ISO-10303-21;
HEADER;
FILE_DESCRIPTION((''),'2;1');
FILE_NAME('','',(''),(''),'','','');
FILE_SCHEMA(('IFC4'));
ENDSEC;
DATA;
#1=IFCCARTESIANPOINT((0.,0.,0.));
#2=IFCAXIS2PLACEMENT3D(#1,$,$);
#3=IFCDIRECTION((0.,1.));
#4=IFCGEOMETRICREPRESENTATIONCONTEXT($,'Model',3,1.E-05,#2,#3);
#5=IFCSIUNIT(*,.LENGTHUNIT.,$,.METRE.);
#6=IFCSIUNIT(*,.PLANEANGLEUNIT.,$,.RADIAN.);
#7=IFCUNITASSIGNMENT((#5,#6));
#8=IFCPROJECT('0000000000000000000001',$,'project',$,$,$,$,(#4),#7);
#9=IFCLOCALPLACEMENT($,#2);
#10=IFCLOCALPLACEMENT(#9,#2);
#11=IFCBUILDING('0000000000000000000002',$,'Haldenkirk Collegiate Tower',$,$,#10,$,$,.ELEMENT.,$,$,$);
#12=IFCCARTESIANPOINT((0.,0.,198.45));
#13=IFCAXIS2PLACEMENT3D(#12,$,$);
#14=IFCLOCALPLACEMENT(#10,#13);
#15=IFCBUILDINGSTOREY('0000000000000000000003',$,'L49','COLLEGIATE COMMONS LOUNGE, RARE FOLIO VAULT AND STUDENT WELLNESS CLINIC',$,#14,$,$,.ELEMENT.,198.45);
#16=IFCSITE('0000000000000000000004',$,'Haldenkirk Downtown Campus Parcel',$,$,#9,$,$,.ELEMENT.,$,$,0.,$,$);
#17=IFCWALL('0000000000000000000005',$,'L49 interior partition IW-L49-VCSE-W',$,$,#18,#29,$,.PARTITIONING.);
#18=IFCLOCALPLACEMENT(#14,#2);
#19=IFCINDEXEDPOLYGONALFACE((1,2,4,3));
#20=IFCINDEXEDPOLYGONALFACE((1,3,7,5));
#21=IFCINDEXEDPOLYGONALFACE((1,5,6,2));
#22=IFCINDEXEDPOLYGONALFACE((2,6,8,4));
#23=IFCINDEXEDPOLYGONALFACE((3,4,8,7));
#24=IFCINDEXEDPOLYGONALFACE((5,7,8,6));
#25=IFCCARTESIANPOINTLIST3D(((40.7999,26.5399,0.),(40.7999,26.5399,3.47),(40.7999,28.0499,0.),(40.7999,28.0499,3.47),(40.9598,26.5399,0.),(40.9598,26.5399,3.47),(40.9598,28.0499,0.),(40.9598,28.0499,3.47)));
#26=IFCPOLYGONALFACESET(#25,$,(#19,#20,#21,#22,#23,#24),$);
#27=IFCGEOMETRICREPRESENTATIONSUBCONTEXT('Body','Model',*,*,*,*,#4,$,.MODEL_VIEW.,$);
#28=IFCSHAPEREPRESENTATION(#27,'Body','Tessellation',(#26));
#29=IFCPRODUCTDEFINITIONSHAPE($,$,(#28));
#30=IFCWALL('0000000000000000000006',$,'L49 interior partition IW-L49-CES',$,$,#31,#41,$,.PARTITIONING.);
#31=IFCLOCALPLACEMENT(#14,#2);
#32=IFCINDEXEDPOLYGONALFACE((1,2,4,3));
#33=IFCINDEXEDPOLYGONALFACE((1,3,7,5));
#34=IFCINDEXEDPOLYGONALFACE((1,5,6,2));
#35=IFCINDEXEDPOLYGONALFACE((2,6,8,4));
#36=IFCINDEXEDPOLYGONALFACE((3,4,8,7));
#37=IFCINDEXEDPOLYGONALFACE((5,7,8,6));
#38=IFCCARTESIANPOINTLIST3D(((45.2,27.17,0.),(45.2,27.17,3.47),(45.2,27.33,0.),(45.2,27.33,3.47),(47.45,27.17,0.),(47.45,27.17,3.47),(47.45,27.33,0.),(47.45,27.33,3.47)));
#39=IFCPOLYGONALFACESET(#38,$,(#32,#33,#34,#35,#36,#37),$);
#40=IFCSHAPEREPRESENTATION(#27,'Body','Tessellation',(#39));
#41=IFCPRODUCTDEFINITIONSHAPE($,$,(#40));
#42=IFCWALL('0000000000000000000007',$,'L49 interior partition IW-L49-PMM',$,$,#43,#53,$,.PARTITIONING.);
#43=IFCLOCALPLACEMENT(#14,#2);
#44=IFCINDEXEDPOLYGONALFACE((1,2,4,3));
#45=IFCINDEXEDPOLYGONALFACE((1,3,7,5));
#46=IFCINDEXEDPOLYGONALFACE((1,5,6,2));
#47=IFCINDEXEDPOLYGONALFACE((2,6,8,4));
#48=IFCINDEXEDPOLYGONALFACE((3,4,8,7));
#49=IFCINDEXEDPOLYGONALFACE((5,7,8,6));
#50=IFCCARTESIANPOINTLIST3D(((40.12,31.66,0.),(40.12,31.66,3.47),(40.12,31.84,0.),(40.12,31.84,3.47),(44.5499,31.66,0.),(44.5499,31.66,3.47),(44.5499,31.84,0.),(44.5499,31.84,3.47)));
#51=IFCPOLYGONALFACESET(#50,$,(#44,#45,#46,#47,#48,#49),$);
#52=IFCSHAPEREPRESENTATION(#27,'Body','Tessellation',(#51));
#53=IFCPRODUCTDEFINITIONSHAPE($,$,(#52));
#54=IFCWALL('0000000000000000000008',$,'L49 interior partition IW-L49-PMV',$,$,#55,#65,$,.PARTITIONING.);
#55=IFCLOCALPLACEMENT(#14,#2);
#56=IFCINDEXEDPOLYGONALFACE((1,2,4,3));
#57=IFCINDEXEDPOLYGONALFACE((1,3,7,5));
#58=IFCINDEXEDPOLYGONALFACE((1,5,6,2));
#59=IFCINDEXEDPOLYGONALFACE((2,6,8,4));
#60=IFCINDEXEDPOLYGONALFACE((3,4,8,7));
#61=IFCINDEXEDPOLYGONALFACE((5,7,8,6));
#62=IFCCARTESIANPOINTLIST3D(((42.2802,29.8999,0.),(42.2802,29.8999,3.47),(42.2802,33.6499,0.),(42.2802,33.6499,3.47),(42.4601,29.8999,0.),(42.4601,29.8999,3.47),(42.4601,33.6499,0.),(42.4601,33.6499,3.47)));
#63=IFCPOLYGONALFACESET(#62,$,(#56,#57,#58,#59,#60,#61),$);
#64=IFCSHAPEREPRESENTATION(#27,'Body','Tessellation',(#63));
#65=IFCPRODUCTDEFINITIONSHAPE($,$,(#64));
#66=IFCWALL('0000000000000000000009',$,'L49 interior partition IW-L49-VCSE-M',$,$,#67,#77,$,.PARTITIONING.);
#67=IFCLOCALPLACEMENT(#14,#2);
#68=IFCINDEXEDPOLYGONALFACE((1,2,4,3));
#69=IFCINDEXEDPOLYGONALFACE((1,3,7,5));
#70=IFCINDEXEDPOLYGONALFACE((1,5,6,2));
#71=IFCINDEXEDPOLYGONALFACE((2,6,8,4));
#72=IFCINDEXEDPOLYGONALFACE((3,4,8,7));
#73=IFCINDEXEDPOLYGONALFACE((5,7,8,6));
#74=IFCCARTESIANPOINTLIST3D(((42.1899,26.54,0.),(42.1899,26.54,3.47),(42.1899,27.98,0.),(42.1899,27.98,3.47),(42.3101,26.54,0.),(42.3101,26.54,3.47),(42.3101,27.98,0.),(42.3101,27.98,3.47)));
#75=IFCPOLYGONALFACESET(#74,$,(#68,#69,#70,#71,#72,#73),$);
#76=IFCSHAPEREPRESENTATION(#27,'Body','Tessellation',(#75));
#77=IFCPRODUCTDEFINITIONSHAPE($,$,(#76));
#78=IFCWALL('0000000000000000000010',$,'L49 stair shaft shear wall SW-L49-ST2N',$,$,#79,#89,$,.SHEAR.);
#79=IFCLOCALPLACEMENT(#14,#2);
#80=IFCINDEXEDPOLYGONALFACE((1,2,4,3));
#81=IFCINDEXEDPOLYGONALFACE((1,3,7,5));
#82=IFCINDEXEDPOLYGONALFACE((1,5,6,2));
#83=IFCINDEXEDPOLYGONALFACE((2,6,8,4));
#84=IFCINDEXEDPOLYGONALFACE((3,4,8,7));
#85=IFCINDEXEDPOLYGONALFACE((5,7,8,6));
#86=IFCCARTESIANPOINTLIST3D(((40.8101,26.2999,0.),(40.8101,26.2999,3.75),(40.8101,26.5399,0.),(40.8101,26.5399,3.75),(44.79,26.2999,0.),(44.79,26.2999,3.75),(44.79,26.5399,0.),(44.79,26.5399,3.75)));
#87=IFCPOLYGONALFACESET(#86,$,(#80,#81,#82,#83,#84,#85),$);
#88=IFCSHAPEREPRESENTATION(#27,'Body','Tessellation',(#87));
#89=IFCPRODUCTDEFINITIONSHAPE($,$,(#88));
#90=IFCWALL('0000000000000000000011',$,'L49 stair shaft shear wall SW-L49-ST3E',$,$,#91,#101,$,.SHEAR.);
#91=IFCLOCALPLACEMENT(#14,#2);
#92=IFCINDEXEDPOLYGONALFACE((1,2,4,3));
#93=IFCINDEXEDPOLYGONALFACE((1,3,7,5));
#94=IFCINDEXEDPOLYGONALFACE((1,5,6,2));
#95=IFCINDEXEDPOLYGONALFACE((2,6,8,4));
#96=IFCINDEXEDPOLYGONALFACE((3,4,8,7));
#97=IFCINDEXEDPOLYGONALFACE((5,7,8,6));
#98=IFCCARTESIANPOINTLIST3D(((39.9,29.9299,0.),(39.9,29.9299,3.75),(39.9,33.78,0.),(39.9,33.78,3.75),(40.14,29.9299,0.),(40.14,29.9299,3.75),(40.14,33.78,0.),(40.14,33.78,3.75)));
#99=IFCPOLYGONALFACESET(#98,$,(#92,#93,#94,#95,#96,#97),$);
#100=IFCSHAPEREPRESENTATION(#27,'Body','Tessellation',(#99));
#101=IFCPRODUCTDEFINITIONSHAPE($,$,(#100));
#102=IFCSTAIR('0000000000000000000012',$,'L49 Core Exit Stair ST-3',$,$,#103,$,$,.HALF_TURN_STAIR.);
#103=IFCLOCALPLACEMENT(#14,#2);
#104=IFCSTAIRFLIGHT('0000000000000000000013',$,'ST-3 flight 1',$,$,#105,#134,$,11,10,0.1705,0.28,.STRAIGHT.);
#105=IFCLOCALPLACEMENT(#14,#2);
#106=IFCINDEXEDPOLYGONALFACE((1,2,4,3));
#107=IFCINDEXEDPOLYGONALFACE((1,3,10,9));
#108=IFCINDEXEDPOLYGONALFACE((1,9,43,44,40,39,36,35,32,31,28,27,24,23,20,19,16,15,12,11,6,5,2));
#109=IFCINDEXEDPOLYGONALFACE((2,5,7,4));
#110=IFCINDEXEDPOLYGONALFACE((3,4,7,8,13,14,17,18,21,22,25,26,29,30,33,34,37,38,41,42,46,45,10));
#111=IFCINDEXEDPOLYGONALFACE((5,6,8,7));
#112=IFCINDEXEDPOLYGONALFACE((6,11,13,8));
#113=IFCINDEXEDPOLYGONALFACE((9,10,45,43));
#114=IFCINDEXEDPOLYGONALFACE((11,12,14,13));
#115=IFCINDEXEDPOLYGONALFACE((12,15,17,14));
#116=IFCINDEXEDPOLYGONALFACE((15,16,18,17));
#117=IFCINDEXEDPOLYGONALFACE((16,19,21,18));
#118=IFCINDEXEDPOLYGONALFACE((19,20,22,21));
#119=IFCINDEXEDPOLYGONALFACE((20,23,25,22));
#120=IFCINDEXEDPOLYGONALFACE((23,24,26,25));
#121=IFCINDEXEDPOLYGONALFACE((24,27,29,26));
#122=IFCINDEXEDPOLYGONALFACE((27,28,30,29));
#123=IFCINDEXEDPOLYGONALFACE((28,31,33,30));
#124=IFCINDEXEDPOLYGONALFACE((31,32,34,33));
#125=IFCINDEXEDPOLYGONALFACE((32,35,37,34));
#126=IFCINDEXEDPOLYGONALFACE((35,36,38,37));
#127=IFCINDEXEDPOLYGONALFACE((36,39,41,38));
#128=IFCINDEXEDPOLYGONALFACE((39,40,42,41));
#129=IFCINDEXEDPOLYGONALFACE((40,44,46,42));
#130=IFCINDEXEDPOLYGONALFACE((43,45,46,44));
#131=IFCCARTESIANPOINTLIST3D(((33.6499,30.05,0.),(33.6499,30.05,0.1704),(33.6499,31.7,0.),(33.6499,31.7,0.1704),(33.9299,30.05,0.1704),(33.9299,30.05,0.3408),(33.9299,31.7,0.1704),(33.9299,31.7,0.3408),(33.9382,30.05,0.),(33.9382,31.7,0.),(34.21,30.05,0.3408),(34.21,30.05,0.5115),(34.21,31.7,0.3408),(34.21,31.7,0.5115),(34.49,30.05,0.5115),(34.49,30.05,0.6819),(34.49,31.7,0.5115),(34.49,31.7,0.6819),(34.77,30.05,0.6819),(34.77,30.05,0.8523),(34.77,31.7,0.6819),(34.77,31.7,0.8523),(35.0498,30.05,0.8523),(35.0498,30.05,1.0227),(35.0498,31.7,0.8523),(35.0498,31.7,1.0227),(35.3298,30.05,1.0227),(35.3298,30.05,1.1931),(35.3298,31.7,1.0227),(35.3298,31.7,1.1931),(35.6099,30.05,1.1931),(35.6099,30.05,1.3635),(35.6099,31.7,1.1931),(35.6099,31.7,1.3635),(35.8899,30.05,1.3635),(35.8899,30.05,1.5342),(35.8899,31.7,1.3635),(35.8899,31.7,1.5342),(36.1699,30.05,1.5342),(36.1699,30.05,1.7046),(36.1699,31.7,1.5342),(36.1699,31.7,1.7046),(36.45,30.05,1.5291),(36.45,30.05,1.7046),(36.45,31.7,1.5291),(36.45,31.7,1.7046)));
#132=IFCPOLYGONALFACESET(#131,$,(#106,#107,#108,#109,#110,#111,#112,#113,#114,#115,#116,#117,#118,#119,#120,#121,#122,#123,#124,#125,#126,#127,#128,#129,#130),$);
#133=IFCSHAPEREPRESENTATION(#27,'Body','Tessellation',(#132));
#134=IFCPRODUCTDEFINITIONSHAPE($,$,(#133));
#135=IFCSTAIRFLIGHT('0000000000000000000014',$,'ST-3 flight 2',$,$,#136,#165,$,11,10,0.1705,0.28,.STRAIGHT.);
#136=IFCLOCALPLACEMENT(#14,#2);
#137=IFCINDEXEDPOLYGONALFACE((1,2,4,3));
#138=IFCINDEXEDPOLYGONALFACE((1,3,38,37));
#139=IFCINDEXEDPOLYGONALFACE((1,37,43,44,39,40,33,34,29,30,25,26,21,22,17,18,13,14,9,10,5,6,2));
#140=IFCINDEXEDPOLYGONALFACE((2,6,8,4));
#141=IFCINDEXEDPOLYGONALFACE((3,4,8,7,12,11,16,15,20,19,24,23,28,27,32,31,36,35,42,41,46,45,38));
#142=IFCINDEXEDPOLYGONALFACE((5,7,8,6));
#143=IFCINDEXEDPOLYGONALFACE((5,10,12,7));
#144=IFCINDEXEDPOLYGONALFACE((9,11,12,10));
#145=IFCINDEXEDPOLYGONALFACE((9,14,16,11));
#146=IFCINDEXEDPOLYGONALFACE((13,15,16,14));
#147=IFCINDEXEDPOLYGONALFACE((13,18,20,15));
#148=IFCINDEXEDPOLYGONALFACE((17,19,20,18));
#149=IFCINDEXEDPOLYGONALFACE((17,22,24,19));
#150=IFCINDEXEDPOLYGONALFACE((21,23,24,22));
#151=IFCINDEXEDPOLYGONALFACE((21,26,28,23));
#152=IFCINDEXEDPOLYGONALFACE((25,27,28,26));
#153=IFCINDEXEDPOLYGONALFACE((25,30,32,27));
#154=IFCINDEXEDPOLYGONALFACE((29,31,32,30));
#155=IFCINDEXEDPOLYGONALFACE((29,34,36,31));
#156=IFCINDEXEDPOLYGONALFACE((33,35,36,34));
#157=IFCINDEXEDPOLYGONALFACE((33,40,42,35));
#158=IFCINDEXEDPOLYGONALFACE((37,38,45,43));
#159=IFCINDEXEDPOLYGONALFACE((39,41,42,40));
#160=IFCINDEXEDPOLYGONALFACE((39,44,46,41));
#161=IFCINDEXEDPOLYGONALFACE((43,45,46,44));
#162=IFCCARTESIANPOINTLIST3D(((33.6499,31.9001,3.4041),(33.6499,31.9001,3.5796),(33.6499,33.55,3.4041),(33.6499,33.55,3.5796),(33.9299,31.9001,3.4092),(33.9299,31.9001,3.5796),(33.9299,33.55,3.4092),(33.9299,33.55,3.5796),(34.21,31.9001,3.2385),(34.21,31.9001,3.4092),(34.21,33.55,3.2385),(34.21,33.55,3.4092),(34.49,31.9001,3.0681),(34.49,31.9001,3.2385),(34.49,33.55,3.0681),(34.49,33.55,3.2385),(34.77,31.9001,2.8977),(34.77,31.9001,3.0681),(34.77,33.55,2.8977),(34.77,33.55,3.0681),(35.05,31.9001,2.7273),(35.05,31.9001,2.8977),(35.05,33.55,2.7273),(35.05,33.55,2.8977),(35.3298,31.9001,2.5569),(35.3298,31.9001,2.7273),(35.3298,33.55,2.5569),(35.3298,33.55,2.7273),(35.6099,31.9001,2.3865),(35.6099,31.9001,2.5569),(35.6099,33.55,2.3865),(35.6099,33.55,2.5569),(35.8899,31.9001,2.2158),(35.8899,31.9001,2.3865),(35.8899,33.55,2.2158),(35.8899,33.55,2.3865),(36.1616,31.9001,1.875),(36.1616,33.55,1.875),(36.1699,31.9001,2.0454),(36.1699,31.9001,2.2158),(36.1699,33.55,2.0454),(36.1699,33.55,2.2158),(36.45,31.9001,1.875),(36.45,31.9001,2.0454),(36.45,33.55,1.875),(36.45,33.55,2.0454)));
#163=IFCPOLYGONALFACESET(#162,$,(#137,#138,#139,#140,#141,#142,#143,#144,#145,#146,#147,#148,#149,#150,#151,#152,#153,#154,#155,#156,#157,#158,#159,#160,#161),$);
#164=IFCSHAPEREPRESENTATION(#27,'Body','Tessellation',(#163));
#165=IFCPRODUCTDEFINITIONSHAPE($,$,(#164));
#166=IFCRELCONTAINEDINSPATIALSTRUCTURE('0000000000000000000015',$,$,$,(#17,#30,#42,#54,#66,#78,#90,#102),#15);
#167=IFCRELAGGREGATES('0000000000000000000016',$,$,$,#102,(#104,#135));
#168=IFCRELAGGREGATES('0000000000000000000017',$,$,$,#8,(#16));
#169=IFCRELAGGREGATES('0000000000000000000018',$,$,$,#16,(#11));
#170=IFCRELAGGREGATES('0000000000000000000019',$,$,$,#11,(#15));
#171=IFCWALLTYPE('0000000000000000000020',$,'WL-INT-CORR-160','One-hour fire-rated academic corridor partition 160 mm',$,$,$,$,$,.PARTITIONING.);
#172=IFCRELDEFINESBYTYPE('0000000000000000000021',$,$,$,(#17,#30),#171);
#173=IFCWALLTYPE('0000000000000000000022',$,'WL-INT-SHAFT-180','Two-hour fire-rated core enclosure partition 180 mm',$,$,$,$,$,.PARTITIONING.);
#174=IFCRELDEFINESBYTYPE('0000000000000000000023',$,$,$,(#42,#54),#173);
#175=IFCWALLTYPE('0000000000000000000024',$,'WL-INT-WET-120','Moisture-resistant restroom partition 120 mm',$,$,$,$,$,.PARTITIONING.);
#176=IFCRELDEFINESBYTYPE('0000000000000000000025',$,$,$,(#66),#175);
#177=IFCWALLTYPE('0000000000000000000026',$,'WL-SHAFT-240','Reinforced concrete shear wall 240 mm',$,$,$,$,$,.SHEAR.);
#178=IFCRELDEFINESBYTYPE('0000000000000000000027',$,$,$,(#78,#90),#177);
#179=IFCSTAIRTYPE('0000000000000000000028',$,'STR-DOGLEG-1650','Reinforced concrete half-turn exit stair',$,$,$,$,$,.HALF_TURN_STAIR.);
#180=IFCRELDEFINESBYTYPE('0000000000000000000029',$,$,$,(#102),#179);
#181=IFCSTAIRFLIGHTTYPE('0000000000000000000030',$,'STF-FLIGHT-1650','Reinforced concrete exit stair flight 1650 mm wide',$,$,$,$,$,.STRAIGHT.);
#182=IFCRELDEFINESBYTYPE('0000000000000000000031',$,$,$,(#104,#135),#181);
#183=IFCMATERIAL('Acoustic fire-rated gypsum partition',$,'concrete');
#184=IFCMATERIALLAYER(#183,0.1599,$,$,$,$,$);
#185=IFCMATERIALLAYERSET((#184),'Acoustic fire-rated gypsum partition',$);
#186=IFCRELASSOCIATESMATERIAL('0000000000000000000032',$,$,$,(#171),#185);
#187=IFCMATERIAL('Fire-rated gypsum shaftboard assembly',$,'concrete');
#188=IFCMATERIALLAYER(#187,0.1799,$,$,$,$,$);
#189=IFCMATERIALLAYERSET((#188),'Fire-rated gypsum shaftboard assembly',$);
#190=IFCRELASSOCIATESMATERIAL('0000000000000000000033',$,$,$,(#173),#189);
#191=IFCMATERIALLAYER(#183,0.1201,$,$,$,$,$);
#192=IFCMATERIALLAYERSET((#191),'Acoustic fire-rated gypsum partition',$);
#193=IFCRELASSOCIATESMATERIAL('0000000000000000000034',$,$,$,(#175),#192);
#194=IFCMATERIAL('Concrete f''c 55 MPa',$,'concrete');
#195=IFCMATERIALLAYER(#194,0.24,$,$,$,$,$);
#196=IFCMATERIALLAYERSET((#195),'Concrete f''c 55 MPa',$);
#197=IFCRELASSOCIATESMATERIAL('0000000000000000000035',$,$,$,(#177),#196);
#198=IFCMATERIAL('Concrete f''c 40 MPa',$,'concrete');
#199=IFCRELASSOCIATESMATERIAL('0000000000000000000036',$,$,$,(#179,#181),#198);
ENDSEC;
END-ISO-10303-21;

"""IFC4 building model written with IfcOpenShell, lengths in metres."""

from ifc_helpers import new_model, si_unit, direction, frame, frame_2d, origin, place, context, subcontext, project, spatial, polyline, rectangle, outline, extrude, material, layer, layer_set, type_object, element, aggregate, save


model = new_model("IFC4")

# Units and contexts
model_context = context("Model", 3, precision=1e-05, world=origin(), true_north=direction((0.0, 1.0)))
body_context = subcontext(model_context, "Body", "Model", "MODEL_VIEW")
ifc_project = project(units=[si_unit("LENGTHUNIT", "METRE"), si_unit("PLANEANGLEUNIT", "RADIAN")], contexts=[model_context])

# Site, building, storey
site_placement = place(None, origin())
site = spatial("IfcSite", under=ifc_project, at=site_placement, Name="Haldenkirk Downtown Campus Parcel", CompositionType="ELEMENT", RefElevation=0.0)
building_placement = place(site_placement, origin())
building = spatial("IfcBuilding", under=site, at=building_placement, Name="Haldenkirk Collegiate Tower", CompositionType="ELEMENT")
storey_placement = place(building_placement, frame((0.0, 0.0, 198.45)))
storey = spatial("IfcBuildingStorey", under=building, at=storey_placement, Name="L49", Description="COLLEGIATE COMMONS LOUNGE, RARE FOLIO VAULT AND STUDENT WELLNESS CLINIC", CompositionType="ELEMENT", Elevation=198.45)

# Shared definitions
ifc_material_1 = material(Name="Acoustic fire-rated gypsum partition", Category="concrete")
ifc_layer_1 = layer(ifc_material_1, 0.1599)
ifc_layer_set_1 = layer_set([ifc_layer_1], Name="Acoustic fire-rated gypsum partition")
wall_type_1 = type_object("IfcWallType", Name="WL-INT-CORR-160", Description="One-hour fire-rated academic corridor partition 160 mm", PredefinedType="PARTITIONING", material=ifc_layer_set_1)

# Walls
wall_1_placement = place(storey_placement, frame((40.8799, 26.54, 0.0), z_axis=(0.0, 0.0, 1.0), x_axis=(0.0, 1.0, 0.0)))
element("IfcWall", 1, at=wall_1_placement, inside=storey, type_object=wall_type_1, Name="L49 interior partition IW-L49-VCSE-W", PredefinedType="PARTITIONING", context=body_context, shape_type="SweptSolid", body=[
    extrude(rectangle(XDim=1.51, YDim=0.1599, at=frame_2d((0.7549, 0.0))), origin(), (0.0, 0.0, 1.0), 3.47),
])
wall_2_placement = place(storey_placement, frame((45.2, 27.25, 0.0), z_axis=(0.0, 0.0, 1.0), x_axis=(1.0, 0.0, 0.0)))
element("IfcWall", 2, at=wall_2_placement, inside=storey, type_object=wall_type_1, Name="L49 interior partition IW-L49-CES", PredefinedType="PARTITIONING", context=body_context, shape_type="SweptSolid", body=[
    extrude(rectangle(XDim=2.25, YDim=0.1599, at=frame_2d((1.125, 0.0))), origin(), (0.0, 0.0, 1.0), 3.47),
])

# Shared definitions
ifc_material_2 = material(Name="Fire-rated gypsum shaftboard assembly", Category="concrete")
ifc_layer_2 = layer(ifc_material_2, 0.1799)
ifc_layer_set_2 = layer_set([ifc_layer_2], Name="Fire-rated gypsum shaftboard assembly")
wall_type_2 = type_object("IfcWallType", Name="WL-INT-SHAFT-180", Description="Two-hour fire-rated core enclosure partition 180 mm", PredefinedType="PARTITIONING", material=ifc_layer_set_2)

# Walls
wall_3_placement = place(storey_placement, frame((40.1201, 31.75, 0.0), z_axis=(0.0, 0.0, 1.0), x_axis=(1.0, 0.0, 0.0)))
element("IfcWall", 3, at=wall_3_placement, inside=storey, type_object=wall_type_2, Name="L49 interior partition IW-L49-PMM", PredefinedType="PARTITIONING", context=body_context, shape_type="SweptSolid", body=[
    extrude(rectangle(XDim=4.4299, YDim=0.1799, at=frame_2d((2.2148, 0.0))), origin(), (0.0, 0.0, 1.0), 3.47),
])
wall_4_placement = place(storey_placement, frame((42.3701, 29.8999, 0.0), z_axis=(0.0, 0.0, 1.0), x_axis=(0.0, 1.0, 0.0)))
element("IfcWall", 4, at=wall_4_placement, inside=storey, type_object=wall_type_2, Name="L49 interior partition IW-L49-PMV", PredefinedType="PARTITIONING", context=body_context, shape_type="SweptSolid", body=[
    extrude(rectangle(XDim=3.75, YDim=0.1799, at=frame_2d((1.875, 0.0))), origin(), (0.0, 0.0, 1.0), 3.47),
])
ifc_layer_3 = layer(ifc_material_1, 0.1201)
ifc_layer_set_3 = layer_set([ifc_layer_3], Name="Acoustic fire-rated gypsum partition")
wall_type_3 = type_object("IfcWallType", Name="WL-INT-WET-120", Description="Moisture-resistant restroom partition 120 mm", PredefinedType="PARTITIONING", material=ifc_layer_set_3)
wall_5_placement = place(storey_placement, frame((42.25, 26.54, 0.0), z_axis=(0.0, 0.0, 1.0), x_axis=(0.0, 1.0, 0.0)))
element("IfcWall", 5, at=wall_5_placement, inside=storey, type_object=wall_type_3, Name="L49 interior partition IW-L49-VCSE-M", PredefinedType="PARTITIONING", context=body_context, shape_type="SweptSolid", body=[
    extrude(rectangle(XDim=1.4399, YDim=0.1201, at=frame_2d((0.72, 0.0))), origin(), (0.0, 0.0, 1.0), 3.47),
])
ifc_material_3 = material(Name="Concrete f'c 55 MPa", Category="concrete")
ifc_layer_4 = layer(ifc_material_3, 0.24)
ifc_layer_set_4 = layer_set([ifc_layer_4], Name="Concrete f'c 55 MPa")
wall_type_4 = type_object("IfcWallType", Name="WL-SHAFT-240", Description="Reinforced concrete shear wall 240 mm", PredefinedType="SHEAR", material=ifc_layer_set_4)
wall_6_placement = place(storey_placement, frame((40.8101, 26.4199, 0.0), z_axis=(0.0, 0.0, 1.0), x_axis=(1.0, 0.0, 0.0)))
element("IfcWall", 6, at=wall_6_placement, inside=storey, type_object=wall_type_4, Name="L49 stair shaft shear wall SW-L49-ST2N", PredefinedType="SHEAR", context=body_context, shape_type="SweptSolid", body=[
    extrude(rectangle(XDim=3.98, YDim=0.24, at=frame_2d((1.99, 0.0))), origin(), (0.0, 0.0, 1.0), 3.75),
])
wall_7_placement = place(storey_placement, frame((40.02, 29.9299, 0.0), z_axis=(0.0, 0.0, 1.0), x_axis=(0.0, 1.0, 0.0)))
element("IfcWall", 7, at=wall_7_placement, inside=storey, type_object=wall_type_4, Name="L49 stair shaft shear wall SW-L49-ST3E", PredefinedType="SHEAR", context=body_context, shape_type="SweptSolid", body=[
    extrude(rectangle(XDim=3.8501, YDim=0.24, at=frame_2d((1.925, 0.0))), origin(), (0.0, 0.0, 1.0), 3.75),
])

# Stair, stair flights
ifc_material_4 = material(Name="Concrete f'c 40 MPa", Category="concrete")
stair_type = type_object("IfcStairType", Name="STR-DOGLEG-1650", Description="Reinforced concrete half-turn exit stair", PredefinedType="HALF_TURN_STAIR", material=ifc_material_4)
stair_placement = place(storey_placement, origin())
stair = element("IfcStair", 8, at=stair_placement, inside=storey, type_object=stair_type, Name="L49 Core Exit Stair ST-3", PredefinedType="HALF_TURN_STAIR")
stair_flight_type = type_object("IfcStairFlightType", Name="STF-FLIGHT-1650", Description="Reinforced concrete exit stair flight 1650 mm wide", PredefinedType="STRAIGHT", material=ifc_material_4)
stair_flight_1_placement = place(storey_placement, frame((33.6499, 30.875, 0.0), z_axis=(0.0, 0.0, 1.0), x_axis=(1.0, 0.0, 0.0)))
stair_flight_1 = element("IfcStairFlight", 9, at=stair_flight_1_placement, type_object=stair_flight_type, Name="ST-3 flight 1", NumberOfRisers=11, NumberOfTreads=10, PredefinedType="STRAIGHT", RiserHeight=0.1705, TreadLength=0.28, context=body_context, shape_type="SweptSolid", body=[
    extrude(outline(polyline([(0.0, 0.0), (0.0, 0.1704), (0.28, 0.1704), (0.28, 0.3408), (0.5601, 0.3408), (0.5601, 0.5115), (0.8401, 0.5115), (0.8401, 0.6819), (1.1201, 0.6819), (1.1201, 0.8523), (1.3999, 0.8523), (1.3999, 1.0227), (1.6799, 1.0227), (1.6799, 1.1931), (1.96, 1.1931), (1.96, 1.3635), (2.24, 1.3635), (2.24, 1.5342), (2.52, 1.5342), (2.52, 1.7046), (2.8, 1.7046), (2.8, 1.875), (2.8, 1.5291), (0.2883, 0.0), (0.0, 0.0)])), frame((0.0, 0.825, 0.0), z_axis=(0.0, -1.0, 0.0), x_axis=(1.0, 0.0, 0.0)), (0.0, 0.0, 1.0), 1.6499),
])
stair_flight_2_placement = place(storey_placement, frame((36.45, 32.7251, 1.875), z_axis=(0.0, 0.0, 1.0), x_axis=(-1.0, 0.0, 0.0)))
stair_flight_2 = element("IfcStairFlight", 10, at=stair_flight_2_placement, type_object=stair_flight_type, Name="ST-3 flight 2", NumberOfRisers=11, NumberOfTreads=10, PredefinedType="STRAIGHT", RiserHeight=0.1705, TreadLength=0.28, context=body_context, shape_type="SweptSolid", body=[
    extrude(outline(polyline([(0.0, 0.0), (0.0, 0.1704), (0.28, 0.1704), (0.28, 0.3408), (0.5601, 0.3408), (0.5601, 0.5115), (0.8401, 0.5115), (0.8401, 0.6819), (1.1201, 0.6819), (1.1201, 0.8523), (1.3999, 0.8523), (1.3999, 1.0227), (1.6799, 1.0227), (1.6799, 1.1931), (1.96, 1.1931), (1.96, 1.3635), (2.24, 1.3635), (2.24, 1.5342), (2.52, 1.5342), (2.52, 1.7046), (2.8, 1.7046), (2.8, 1.875), (2.8, 1.5291), (0.2883, 0.0), (0.0, 0.0)])), frame((0.0, 0.825, 0.0), z_axis=(0.0, -1.0, 0.0), x_axis=(1.0, 0.0, 0.0)), (0.0, 0.0, 1.0), 1.6499),
])
aggregate(stair, [stair_flight_1, stair_flight_2])

save(model, "model.ifc")
